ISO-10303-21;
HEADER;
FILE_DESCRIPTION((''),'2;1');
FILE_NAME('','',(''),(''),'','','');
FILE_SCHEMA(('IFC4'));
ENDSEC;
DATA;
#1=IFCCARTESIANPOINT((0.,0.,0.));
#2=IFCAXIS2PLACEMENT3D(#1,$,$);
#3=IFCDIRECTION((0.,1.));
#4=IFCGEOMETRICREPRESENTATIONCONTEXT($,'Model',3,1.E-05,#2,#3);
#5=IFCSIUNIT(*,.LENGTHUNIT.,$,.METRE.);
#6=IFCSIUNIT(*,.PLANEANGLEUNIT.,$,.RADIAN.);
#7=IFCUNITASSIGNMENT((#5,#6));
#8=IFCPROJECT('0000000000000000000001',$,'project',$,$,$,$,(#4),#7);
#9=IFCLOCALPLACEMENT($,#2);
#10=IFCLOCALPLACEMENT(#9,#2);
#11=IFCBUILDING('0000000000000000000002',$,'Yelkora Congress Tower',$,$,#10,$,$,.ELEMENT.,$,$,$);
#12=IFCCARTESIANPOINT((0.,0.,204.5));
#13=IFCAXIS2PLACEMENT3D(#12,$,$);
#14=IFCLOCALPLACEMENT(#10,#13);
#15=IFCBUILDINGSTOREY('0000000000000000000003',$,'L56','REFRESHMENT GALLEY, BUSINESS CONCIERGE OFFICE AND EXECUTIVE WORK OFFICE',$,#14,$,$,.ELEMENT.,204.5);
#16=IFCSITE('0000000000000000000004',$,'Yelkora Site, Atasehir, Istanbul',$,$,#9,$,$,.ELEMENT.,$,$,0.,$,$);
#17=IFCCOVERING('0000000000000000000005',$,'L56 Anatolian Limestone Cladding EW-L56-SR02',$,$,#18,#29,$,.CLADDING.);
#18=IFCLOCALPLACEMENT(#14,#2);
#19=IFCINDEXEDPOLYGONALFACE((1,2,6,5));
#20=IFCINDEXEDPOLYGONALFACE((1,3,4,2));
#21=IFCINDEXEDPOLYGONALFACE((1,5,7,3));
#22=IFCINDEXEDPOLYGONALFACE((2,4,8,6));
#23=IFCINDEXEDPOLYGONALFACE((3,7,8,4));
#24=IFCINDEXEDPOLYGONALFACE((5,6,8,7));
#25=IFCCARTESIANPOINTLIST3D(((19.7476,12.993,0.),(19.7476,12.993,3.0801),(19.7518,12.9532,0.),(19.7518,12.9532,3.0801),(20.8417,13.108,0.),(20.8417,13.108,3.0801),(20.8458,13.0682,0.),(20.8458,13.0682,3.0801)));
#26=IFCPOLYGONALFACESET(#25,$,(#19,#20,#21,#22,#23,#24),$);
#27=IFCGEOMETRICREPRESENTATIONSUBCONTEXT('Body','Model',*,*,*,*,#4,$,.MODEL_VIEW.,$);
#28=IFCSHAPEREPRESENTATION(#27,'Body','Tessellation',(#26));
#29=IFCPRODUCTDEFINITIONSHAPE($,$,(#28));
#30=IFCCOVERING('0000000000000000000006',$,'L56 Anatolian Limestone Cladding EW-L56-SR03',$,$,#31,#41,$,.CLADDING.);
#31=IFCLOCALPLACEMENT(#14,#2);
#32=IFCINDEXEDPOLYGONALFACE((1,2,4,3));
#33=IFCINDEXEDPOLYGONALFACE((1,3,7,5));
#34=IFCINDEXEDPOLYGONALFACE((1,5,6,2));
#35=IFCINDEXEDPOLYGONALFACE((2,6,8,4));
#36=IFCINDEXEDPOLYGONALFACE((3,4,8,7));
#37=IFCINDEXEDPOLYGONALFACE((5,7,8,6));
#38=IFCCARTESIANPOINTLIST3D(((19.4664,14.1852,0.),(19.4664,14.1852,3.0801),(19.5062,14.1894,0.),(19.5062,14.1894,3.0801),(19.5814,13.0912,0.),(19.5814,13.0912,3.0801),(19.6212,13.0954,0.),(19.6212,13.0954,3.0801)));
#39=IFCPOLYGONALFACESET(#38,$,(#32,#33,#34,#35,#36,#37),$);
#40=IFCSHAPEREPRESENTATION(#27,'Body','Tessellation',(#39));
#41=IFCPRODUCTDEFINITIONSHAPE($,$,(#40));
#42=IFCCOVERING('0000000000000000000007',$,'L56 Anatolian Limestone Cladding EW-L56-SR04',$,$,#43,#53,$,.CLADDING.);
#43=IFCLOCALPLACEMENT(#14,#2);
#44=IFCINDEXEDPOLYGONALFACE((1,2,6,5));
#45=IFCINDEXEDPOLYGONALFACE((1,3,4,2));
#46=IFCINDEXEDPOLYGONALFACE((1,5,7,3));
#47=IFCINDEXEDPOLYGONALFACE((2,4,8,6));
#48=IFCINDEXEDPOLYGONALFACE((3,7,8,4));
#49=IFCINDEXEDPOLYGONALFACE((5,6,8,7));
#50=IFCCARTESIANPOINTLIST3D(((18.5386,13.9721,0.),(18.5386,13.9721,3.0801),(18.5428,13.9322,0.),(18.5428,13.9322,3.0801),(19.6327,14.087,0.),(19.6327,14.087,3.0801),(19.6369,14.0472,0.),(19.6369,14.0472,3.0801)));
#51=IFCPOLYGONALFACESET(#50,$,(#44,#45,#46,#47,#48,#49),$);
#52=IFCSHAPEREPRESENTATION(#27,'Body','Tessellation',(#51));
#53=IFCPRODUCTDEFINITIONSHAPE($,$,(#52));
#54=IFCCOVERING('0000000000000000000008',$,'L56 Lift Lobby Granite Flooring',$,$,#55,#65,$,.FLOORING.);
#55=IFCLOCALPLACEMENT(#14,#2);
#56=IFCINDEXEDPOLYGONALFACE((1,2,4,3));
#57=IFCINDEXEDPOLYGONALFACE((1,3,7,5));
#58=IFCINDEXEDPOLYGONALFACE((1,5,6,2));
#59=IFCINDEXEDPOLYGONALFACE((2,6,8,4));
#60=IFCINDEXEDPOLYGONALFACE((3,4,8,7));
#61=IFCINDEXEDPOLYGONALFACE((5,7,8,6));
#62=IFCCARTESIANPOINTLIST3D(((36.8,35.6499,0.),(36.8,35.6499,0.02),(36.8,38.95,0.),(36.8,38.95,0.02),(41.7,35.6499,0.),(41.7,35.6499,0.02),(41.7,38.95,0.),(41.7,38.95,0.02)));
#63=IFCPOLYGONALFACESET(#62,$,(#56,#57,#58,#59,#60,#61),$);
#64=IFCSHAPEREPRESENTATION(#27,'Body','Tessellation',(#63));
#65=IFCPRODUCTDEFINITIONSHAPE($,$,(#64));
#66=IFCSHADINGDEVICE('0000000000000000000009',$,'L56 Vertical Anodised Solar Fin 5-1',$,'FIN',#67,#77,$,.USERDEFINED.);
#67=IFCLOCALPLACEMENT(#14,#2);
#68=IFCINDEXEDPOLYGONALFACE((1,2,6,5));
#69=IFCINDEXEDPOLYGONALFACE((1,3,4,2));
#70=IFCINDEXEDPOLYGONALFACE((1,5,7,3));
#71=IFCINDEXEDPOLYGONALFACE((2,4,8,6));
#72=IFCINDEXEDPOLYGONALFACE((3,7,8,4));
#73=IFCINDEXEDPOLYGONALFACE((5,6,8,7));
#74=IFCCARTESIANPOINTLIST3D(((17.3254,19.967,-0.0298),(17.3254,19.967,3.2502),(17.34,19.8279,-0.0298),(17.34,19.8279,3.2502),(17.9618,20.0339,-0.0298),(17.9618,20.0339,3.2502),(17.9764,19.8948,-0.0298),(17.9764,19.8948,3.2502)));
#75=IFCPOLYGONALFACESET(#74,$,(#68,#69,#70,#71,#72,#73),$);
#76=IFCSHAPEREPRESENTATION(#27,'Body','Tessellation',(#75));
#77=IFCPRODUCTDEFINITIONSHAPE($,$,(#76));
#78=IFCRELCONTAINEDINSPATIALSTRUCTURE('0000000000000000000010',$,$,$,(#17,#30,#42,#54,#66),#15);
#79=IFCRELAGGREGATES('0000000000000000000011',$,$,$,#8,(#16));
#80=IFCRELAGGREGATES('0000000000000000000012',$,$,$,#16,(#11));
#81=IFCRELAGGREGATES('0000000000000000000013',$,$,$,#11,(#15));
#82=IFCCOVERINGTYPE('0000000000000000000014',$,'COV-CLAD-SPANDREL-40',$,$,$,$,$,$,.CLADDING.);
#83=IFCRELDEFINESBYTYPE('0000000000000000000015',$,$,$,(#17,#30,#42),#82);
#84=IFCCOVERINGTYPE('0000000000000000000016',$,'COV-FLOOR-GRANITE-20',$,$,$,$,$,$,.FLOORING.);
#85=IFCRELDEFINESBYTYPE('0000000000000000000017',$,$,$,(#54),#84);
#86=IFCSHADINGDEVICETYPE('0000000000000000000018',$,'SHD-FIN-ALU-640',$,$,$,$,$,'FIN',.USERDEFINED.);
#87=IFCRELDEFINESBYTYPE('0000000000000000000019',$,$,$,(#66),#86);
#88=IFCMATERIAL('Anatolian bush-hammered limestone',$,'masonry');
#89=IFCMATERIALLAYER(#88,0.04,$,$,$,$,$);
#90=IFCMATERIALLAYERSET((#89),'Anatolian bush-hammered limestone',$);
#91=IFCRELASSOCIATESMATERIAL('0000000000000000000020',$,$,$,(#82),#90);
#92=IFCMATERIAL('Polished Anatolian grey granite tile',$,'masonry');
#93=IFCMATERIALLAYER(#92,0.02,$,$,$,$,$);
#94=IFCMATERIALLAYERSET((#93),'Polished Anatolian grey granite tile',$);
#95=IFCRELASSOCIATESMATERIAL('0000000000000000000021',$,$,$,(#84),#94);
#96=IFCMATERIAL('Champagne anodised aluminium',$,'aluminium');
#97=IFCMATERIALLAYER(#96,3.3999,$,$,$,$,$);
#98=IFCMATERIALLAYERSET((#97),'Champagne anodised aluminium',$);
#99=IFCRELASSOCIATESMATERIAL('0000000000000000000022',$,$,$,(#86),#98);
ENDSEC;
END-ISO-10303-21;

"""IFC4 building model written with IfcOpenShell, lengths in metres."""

from ifc_helpers import new_model, si_unit, direction, frame, frame_2d, origin, origin_2d, place, context, subcontext, project, spatial, polyline, rectangle, outline, extrude, material, layer, layer_set, type_object, element, save


model = new_model("IFC4")

# Units and contexts
model_context = context("Model", 3, precision=1e-05, world=origin(), true_north=direction((0.0, 1.0)))
body_context = subcontext(model_context, "Body", "Model", "MODEL_VIEW")
ifc_project = project(units=[si_unit("LENGTHUNIT", "METRE"), si_unit("PLANEANGLEUNIT", "RADIAN")], contexts=[model_context])

# Site, building, storey
site_placement = place(None, origin())
site = spatial("IfcSite", under=ifc_project, at=site_placement, Name="Yelkora Site, Atasehir, Istanbul", CompositionType="ELEMENT", RefElevation=0.0)
building_placement = place(site_placement, origin())
building = spatial("IfcBuilding", under=site, at=building_placement, Name="Yelkora Congress Tower", CompositionType="ELEMENT")
storey_placement = place(building_placement, frame((0.0, 0.0, 204.5)))
storey = spatial("IfcBuildingStorey", under=building, at=storey_placement, Name="L56", Description="REFRESHMENT GALLEY, BUSINESS CONCIERGE OFFICE AND EXECUTIVE WORK OFFICE", CompositionType="ELEMENT", Elevation=204.5)

# Coverings
ifc_material_1 = material(Name="Anatolian bush-hammered limestone", Category="masonry")
ifc_layer_1 = layer(ifc_material_1, 0.04)
ifc_layer_set_1 = layer_set([ifc_layer_1], Name="Anatolian bush-hammered limestone")
covering_type_1 = type_object("IfcCoveringType", Name="COV-CLAD-SPANDREL-40", PredefinedType="CLADDING", material=ifc_layer_set_1)
for number, where, z_axis, x_axis, name in (
    (1, (20.8438, 13.0881, 0.0), (0.0, 0.0, 1.0), (-0.994521, -0.104535, 0.0), "L56 Anatolian Limestone Cladding EW-L56-SR02"),
    (2, (19.6013, 13.0933, 0.0), (0.0, 0.0, 1.0), (-0.104535, 0.994521, 0.0), "L56 Anatolian Limestone Cladding EW-L56-SR03"),
    (3, (19.6348, 14.0671, 0.0), (0.0, 0.0, 1.0), (-0.994521, -0.104535, 0.0), "L56 Anatolian Limestone Cladding EW-L56-SR04"),
):
    element("IfcCovering", number, at=place(storey_placement, frame(where, z_axis=z_axis, x_axis=x_axis)), inside=storey, type_object=covering_type_1, Name=name, PredefinedType="CLADDING", context=body_context, shape_type="SweptSolid", body=[
        extrude(rectangle(XDim=1.1001, YDim=0.04, at=frame_2d((0.55, 0.0))), origin(), (0.0, 0.0, 1.0), 3.0801),
    ])
ifc_material_2 = material(Name="Polished Anatolian grey granite tile", Category="masonry")
ifc_layer_2 = layer(ifc_material_2, 0.02)
ifc_layer_set_2 = layer_set([ifc_layer_2], Name="Polished Anatolian grey granite tile")
covering_type_2 = type_object("IfcCoveringType", Name="COV-FLOOR-GRANITE-20", PredefinedType="FLOORING", material=ifc_layer_set_2)
covering_1_placement = place(storey_placement, origin())
element("IfcCovering", 4, at=covering_1_placement, inside=storey, type_object=covering_type_2, Name="L56 Lift Lobby Granite Flooring", PredefinedType="FLOORING", context=body_context, shape_type="SweptSolid", body=[
    extrude(outline(polyline([(36.8, 35.6499), (41.7, 35.6499), (41.7, 38.95), (36.8, 38.95), (36.8, 35.6499)])), origin(), (0.0, 0.0, 1.0), 0.02),
])

# Shading device
ifc_material_3 = material(Name="Champagne anodised aluminium", Category="aluminium")
ifc_layer_3 = layer(ifc_material_3, 3.3999)
ifc_layer_set_3 = layer_set([ifc_layer_3], Name="Champagne anodised aluminium")
shading_device_type = type_object("IfcShadingDeviceType", Name="SHD-FIN-ALU-640", ElementType="FIN", PredefinedType="USERDEFINED", material=ifc_layer_set_3)
shading_device_placement = place(storey_placement, frame((17.6509, 19.9309, -0.0298), z_axis=(0.0, 0.0, 1.0), x_axis=(-0.104528, 0.994522, 0.0)))
element("IfcShadingDevice", 5, at=shading_device_placement, inside=storey, type_object=shading_device_type, Name="L56 Vertical Anodised Solar Fin 5-1", ObjectType="FIN", PredefinedType="USERDEFINED", context=body_context, shape_type="SweptSolid", body=[
    extrude(rectangle(XDim=0.1399, YDim=0.6399, at=origin_2d()), origin(), (0.0, 0.0, 1.0), 3.28),
])

save(model, "model.ifc")
